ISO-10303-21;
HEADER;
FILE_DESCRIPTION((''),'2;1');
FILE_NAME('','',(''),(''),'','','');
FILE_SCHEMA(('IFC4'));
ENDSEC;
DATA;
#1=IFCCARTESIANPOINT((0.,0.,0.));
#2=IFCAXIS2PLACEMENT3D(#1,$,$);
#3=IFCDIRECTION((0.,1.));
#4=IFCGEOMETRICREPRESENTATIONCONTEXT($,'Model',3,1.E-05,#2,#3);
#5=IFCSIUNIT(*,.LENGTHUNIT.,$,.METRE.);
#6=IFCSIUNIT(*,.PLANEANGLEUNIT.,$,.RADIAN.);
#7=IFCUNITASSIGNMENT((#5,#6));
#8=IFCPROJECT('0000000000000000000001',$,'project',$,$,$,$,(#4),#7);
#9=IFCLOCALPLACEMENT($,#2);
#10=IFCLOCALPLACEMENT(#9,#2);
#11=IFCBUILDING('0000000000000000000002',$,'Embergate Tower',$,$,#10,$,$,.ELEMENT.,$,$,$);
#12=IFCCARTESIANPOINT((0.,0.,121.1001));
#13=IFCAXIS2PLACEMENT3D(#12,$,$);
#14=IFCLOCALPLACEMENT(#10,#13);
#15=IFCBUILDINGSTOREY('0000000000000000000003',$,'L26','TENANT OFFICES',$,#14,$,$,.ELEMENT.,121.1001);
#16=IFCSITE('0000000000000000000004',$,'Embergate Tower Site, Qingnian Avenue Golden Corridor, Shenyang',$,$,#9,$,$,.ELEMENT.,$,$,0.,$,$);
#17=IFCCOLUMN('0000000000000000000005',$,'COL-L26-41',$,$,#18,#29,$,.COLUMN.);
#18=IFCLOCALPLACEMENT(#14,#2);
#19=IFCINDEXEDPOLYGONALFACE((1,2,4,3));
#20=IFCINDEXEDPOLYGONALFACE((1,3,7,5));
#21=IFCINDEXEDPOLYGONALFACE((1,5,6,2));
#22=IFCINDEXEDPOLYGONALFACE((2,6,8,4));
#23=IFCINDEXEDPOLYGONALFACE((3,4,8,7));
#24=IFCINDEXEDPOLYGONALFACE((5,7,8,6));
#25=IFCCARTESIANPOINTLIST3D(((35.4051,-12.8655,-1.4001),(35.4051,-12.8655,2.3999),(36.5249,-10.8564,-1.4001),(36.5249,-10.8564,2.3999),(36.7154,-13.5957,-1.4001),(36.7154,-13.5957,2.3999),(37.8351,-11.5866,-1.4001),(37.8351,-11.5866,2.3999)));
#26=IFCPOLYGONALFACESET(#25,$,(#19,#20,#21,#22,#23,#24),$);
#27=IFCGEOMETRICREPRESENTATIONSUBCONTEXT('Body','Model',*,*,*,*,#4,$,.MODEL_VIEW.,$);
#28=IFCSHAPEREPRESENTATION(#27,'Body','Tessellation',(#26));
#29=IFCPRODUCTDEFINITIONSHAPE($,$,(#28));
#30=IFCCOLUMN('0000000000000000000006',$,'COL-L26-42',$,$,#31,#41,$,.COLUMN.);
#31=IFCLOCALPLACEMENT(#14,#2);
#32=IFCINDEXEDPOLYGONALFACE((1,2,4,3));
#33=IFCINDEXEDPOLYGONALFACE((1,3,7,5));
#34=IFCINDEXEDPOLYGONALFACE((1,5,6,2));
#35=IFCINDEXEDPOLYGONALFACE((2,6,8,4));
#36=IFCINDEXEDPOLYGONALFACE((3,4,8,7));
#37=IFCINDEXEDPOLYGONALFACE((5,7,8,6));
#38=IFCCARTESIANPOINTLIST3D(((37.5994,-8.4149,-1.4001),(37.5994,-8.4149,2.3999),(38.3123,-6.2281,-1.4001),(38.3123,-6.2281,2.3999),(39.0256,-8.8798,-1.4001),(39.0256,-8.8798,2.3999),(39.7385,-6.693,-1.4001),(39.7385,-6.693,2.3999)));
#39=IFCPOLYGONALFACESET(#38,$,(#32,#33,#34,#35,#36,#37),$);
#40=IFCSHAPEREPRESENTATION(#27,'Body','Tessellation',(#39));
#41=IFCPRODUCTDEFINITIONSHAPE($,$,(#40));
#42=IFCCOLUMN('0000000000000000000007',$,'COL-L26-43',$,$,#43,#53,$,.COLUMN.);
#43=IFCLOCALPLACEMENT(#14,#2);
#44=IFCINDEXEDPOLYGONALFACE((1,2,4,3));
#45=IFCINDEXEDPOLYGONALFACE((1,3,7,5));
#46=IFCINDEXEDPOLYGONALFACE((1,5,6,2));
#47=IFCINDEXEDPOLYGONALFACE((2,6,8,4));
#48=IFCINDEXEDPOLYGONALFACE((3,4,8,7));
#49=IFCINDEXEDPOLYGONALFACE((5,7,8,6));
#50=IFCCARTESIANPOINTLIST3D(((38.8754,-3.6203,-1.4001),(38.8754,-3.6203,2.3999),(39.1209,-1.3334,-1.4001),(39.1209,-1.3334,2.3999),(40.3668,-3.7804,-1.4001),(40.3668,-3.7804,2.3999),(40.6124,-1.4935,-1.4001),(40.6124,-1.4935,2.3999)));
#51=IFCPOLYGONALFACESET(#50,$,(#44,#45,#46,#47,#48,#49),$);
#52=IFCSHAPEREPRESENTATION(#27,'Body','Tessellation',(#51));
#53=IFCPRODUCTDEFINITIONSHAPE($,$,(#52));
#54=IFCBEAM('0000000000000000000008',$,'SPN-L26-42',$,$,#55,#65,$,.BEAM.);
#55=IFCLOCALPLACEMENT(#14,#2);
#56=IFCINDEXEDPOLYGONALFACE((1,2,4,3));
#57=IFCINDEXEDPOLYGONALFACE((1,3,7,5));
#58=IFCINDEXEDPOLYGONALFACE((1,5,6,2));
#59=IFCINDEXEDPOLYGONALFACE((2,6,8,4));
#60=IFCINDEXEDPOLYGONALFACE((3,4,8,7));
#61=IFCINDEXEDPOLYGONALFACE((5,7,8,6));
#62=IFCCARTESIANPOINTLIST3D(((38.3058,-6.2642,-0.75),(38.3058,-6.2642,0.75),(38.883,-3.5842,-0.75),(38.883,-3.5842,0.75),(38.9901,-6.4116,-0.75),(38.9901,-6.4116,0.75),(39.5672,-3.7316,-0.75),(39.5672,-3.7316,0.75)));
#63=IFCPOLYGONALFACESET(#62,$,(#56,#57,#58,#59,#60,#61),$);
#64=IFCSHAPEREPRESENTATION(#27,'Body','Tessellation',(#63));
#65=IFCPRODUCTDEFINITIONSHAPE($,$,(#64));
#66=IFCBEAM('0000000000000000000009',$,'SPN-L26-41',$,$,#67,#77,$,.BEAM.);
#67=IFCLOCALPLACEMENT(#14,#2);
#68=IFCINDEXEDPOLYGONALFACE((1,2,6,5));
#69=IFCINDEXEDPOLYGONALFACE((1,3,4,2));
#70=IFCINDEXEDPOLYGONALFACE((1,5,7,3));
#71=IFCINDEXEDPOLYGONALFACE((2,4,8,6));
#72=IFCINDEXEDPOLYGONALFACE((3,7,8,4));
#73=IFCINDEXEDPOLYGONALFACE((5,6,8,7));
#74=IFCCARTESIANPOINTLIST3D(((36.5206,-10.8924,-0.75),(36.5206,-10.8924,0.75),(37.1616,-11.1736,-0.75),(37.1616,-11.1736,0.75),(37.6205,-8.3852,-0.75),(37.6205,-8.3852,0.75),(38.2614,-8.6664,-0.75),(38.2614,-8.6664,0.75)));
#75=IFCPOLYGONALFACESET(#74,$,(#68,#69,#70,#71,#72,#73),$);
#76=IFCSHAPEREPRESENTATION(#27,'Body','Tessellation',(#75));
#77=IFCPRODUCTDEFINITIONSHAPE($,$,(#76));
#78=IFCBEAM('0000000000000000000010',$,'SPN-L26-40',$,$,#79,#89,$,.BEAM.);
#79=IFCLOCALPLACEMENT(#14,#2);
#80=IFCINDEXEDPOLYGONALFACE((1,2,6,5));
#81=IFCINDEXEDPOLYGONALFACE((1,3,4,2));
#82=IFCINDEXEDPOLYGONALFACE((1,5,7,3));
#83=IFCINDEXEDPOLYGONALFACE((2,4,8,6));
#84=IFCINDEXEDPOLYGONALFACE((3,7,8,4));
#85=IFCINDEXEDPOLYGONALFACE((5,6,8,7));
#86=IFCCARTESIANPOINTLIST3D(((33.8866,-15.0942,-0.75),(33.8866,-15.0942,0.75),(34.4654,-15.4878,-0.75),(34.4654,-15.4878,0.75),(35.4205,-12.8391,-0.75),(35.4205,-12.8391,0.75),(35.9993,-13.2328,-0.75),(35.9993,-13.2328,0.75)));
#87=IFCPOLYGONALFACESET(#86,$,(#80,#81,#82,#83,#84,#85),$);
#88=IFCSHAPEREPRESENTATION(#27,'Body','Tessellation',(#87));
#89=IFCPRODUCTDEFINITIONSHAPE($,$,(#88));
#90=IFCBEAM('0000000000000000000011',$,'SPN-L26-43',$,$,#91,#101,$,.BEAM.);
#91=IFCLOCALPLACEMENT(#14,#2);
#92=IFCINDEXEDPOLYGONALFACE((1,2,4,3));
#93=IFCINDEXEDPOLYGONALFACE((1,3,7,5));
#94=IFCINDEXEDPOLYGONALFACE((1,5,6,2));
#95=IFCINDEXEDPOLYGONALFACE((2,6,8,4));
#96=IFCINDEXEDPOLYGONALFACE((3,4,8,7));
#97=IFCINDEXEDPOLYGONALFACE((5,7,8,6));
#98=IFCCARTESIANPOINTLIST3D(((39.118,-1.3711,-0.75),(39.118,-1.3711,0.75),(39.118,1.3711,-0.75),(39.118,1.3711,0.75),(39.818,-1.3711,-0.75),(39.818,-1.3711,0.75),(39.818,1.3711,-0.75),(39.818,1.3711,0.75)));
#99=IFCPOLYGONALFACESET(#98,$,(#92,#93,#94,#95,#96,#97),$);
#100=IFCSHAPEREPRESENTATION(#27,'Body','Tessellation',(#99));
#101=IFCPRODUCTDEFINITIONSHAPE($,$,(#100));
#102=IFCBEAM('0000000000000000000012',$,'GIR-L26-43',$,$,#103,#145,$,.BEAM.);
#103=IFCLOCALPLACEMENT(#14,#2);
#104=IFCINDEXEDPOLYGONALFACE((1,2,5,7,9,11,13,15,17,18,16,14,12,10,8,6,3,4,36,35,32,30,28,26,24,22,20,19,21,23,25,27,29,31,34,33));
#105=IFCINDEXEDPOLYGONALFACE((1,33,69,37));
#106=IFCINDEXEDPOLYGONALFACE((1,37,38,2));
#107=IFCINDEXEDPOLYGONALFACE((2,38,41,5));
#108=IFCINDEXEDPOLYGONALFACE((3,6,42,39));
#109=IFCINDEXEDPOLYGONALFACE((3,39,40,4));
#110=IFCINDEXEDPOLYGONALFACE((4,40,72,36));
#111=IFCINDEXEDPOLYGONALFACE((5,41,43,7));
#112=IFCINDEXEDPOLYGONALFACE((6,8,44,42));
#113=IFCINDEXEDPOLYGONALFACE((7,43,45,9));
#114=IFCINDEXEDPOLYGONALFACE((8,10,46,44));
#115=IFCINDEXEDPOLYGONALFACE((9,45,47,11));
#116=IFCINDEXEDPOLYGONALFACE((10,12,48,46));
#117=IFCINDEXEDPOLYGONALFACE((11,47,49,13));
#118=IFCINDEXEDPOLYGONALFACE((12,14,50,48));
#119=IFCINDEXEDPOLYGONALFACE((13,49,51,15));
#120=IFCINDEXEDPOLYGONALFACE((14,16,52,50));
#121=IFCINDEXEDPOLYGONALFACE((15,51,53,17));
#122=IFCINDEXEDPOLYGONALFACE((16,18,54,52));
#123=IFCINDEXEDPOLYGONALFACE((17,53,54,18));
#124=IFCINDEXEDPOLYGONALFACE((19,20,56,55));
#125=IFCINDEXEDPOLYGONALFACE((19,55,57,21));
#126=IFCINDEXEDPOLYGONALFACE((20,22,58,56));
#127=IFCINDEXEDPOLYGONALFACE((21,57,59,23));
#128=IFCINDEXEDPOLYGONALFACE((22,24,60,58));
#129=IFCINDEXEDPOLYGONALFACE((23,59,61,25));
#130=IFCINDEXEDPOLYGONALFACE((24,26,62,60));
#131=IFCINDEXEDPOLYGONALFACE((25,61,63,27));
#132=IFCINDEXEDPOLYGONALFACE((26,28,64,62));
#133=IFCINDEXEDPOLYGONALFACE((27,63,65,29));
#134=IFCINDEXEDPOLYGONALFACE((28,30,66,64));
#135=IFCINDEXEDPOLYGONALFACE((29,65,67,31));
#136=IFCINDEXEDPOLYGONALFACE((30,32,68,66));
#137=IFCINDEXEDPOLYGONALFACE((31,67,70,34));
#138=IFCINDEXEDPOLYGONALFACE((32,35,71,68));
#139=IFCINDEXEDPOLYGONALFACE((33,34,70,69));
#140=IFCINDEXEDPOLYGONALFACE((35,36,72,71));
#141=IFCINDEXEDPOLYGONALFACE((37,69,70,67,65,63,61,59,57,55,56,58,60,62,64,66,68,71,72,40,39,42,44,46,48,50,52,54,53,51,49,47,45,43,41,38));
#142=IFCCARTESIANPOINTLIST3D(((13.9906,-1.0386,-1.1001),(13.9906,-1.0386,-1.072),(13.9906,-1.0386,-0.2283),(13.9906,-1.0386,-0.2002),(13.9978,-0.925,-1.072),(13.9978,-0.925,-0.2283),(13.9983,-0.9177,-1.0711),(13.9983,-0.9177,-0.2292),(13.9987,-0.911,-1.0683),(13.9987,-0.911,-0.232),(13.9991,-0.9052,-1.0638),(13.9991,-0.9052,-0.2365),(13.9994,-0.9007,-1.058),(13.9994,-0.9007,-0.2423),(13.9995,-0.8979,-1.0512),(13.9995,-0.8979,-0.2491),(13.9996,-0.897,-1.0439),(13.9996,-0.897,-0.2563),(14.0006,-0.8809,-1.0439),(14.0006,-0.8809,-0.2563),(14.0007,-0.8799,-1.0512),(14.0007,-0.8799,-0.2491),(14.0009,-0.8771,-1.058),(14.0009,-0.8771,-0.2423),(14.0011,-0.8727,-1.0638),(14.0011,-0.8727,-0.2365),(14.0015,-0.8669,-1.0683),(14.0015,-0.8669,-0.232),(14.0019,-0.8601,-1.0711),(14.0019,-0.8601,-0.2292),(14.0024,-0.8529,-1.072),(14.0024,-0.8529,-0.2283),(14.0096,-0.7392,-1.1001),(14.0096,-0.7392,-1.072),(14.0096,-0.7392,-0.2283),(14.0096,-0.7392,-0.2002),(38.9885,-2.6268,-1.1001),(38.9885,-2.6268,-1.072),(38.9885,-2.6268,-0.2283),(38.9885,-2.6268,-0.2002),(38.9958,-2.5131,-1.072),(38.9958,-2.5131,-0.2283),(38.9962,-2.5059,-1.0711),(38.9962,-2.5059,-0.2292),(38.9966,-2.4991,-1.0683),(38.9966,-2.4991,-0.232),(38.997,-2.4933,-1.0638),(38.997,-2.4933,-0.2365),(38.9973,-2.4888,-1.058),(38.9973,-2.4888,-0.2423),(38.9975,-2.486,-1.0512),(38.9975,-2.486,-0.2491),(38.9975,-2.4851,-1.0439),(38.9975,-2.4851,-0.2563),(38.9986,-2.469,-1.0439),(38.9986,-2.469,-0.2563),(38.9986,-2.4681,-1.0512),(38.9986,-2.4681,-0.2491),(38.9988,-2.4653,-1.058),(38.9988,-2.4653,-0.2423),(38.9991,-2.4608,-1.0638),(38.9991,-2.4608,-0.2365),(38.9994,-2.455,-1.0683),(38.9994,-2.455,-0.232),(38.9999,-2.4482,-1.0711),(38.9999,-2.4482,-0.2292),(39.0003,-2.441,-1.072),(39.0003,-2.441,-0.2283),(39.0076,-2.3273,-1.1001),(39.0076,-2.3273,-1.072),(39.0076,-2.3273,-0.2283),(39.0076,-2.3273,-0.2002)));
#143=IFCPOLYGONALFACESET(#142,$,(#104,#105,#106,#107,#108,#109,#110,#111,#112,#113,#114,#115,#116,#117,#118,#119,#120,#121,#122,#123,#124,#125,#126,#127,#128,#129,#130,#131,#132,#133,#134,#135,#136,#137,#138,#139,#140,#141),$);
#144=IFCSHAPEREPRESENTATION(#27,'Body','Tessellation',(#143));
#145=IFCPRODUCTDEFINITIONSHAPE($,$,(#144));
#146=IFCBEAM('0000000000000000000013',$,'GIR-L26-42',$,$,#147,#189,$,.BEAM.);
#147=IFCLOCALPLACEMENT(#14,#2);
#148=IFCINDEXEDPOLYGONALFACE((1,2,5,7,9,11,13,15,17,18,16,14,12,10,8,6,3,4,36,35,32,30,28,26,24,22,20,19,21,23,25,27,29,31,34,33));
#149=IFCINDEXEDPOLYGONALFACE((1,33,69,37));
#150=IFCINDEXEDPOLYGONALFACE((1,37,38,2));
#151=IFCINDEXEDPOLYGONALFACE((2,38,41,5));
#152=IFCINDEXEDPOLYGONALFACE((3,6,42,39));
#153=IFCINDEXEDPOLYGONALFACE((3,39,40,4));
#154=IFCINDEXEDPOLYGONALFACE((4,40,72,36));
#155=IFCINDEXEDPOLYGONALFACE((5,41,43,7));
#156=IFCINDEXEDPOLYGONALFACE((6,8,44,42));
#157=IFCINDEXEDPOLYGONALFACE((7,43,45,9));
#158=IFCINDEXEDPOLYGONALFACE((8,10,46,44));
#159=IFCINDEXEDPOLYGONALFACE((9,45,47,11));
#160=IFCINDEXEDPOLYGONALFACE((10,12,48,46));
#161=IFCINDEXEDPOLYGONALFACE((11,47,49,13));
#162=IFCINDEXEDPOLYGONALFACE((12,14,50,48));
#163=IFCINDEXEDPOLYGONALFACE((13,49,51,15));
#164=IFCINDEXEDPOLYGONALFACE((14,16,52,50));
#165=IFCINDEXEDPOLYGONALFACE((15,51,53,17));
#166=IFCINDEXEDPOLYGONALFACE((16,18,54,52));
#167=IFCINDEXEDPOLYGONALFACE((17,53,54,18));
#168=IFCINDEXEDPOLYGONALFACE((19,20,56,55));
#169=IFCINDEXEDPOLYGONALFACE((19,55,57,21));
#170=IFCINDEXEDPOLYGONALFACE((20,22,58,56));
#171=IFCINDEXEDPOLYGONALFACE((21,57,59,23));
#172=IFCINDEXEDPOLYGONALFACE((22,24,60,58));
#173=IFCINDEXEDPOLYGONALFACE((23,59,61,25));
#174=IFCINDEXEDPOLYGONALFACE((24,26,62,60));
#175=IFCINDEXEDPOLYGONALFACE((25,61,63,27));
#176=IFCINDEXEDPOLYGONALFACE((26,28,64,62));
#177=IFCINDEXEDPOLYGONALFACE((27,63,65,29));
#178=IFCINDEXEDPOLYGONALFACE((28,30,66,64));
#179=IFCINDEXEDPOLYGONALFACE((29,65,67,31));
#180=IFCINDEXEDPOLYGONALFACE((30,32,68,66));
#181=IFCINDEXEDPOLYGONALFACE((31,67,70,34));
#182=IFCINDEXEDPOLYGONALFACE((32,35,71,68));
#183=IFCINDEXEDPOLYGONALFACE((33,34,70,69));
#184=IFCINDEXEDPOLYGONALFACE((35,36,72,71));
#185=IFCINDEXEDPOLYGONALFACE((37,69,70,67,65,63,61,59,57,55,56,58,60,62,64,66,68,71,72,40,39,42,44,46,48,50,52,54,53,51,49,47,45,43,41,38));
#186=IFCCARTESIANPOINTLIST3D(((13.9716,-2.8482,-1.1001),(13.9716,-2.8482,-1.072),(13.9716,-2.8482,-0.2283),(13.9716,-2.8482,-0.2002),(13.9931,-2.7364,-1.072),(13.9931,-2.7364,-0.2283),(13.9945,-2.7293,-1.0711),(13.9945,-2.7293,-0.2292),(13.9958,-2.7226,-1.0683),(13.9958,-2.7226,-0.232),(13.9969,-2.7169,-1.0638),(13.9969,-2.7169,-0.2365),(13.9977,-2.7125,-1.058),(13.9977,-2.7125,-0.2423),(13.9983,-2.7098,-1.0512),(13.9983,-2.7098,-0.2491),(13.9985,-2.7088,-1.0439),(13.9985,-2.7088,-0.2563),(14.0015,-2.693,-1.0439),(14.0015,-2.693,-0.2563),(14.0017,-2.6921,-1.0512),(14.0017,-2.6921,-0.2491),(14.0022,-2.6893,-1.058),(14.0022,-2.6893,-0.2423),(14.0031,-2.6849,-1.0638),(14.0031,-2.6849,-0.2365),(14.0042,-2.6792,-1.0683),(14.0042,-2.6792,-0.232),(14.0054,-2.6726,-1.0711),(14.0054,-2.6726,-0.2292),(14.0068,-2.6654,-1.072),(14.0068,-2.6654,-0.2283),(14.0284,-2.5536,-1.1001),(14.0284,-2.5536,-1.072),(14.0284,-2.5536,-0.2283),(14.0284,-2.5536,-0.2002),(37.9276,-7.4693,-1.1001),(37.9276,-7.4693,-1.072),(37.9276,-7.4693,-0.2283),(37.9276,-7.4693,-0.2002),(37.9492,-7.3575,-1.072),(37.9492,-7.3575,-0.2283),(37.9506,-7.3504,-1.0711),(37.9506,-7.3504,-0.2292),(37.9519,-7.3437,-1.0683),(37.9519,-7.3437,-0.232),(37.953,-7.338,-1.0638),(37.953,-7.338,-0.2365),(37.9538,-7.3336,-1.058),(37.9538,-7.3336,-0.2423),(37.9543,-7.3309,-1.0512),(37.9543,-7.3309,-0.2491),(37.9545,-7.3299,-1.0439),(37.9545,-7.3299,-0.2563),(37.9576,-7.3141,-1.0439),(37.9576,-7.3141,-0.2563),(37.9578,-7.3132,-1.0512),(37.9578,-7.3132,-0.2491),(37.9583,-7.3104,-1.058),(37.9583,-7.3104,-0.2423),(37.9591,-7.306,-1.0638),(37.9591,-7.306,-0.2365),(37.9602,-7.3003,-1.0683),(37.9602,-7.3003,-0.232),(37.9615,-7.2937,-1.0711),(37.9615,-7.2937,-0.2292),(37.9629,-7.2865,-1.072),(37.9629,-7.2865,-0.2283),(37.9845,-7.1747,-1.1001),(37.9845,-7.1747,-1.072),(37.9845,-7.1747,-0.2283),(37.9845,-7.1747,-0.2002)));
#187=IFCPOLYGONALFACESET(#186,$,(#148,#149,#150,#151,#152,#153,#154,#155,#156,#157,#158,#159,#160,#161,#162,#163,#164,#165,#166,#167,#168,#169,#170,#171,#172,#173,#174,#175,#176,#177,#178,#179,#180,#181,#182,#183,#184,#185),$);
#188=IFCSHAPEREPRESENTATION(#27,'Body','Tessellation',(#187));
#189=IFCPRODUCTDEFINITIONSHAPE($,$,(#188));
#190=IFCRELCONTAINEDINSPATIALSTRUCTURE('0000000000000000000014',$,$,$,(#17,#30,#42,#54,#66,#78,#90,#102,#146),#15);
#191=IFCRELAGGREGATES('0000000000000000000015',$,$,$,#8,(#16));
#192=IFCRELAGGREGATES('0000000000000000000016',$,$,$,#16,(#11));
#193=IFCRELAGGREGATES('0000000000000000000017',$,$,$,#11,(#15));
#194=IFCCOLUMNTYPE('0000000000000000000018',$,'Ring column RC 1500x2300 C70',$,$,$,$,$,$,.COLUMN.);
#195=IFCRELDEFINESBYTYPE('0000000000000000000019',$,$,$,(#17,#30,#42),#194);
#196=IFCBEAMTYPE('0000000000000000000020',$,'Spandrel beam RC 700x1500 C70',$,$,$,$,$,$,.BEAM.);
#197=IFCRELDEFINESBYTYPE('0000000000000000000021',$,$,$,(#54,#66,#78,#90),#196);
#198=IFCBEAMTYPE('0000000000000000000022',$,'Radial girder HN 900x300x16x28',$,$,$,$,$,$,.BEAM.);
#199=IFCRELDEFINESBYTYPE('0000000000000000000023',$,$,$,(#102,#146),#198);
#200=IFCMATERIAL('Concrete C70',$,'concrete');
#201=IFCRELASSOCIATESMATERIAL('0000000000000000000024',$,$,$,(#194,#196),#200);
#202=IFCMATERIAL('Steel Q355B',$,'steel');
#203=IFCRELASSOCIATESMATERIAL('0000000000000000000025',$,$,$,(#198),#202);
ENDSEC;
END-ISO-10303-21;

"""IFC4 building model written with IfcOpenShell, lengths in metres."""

from ifc_helpers import new_model, si_unit, direction, frame, origin, origin_2d, place, context, subcontext, project, spatial, rectangle, i_section, extrude, source, transform, mapped, material, material_profile, profile_set, type_object, element, save


model = new_model("IFC4")

# Units and contexts
model_context = context("Model", 3, precision=1e-05, world=origin(), true_north=direction((0.0, 1.0)))
body_context = subcontext(model_context, "Body", "Model", "MODEL_VIEW")
ifc_project = project(units=[si_unit("LENGTHUNIT", "METRE"), si_unit("PLANEANGLEUNIT", "RADIAN")], contexts=[model_context])

# Site, building, storey
site_placement = place(None, origin())
site = spatial("IfcSite", under=ifc_project, at=site_placement, Name="Embergate Tower Site, Qingnian Avenue Golden Corridor, Shenyang", CompositionType="ELEMENT", RefElevation=0.0)
building_placement = place(site_placement, origin())
building = spatial("IfcBuilding", under=site, at=building_placement, Name="Embergate Tower", CompositionType="ELEMENT")
storey_placement = place(building_placement, frame((0.0, 0.0, 121.1001)))
storey = spatial("IfcBuildingStorey", under=building, at=storey_placement, Name="L26", Description="TENANT OFFICES", CompositionType="ELEMENT", Elevation=121.1001)

# Columns
ifc_material_1 = material(Name="Concrete C70", Category="concrete")
ifc_material_profile_1 = material_profile(ifc_material_1, rectangle(XDim=1.5, YDim=2.3, at=origin_2d()), Name="RC 1500x2300")
ifc_profile_set_1 = profile_set([ifc_material_profile_1], Name="Concrete C70")
column_type = type_object("IfcColumnType", Name="Ring column RC 1500x2300 C70", PredefinedType="COLUMN", material=ifc_profile_set_1)
shared_shape_1 = source(origin(), body_context, "Body", "SweptSolid", [
    extrude(rectangle(XDim=1.5, YDim=2.3, at=origin_2d()), origin(), (0.0, 0.0, 1.0), 3.8),
])
for number, where, z_axis, x_axis, name in (
    (1, (36.6201, -12.2261, -1.4001), (0.0, 0.0, 1.0), (0.8735, -0.486823, 0.0), "COL-L26-41"),
    (2, (38.6689, -7.554, -1.4001), (0.0, 0.0, 1.0), (0.950754, -0.309946, 0.0), "COL-L26-42"),
    (3, (39.7439, -2.5569, -1.4001), (0.0, 0.0, 1.0), (0.994286, -0.10675, 0.0), "COL-L26-43"),
):
    element("IfcColumn", number, at=place(storey_placement, frame(where, z_axis=z_axis, x_axis=x_axis)), inside=storey, type_object=column_type, Name=name, PredefinedType="COLUMN", context=body_context, shape_type="MappedRepresentation", body=[
        mapped(shared_shape_1, transform((0.0, 0.0, 0.0))),
    ])

# Beams
ifc_material_profile_2 = material_profile(ifc_material_1, rectangle(XDim=0.7, YDim=1.5, at=origin_2d()), Name="RC 700x1500")
ifc_profile_set_2 = profile_set([ifc_material_profile_2], Name="Concrete C70")
beam_type_1 = type_object("IfcBeamType", Name="Spandrel beam RC 700x1500 C70", PredefinedType="BEAM", material=ifc_profile_set_2)
shared_shape_2 = source(origin(), body_context, "Body", "SweptSolid", [
    extrude(rectangle(XDim=0.7, YDim=1.5, at=origin_2d()), origin(), (0.0, 0.0, 1.0), 2.7415),
])
beam_1_placement = place(storey_placement, frame((38.6479, -6.3379, 0.0), z_axis=(0.210533, 0.977587, 0.0), x_axis=(-0.977587, 0.210533, 0.0)))
element("IfcBeam", 4, at=beam_1_placement, inside=storey, type_object=beam_type_1, Name="SPN-L26-42", PredefinedType="BEAM", context=body_context, shape_type="MappedRepresentation", body=[
    mapped(shared_shape_2, transform((0.0, 0.0, 0.0))),
])
shared_shape_3 = source(origin(), body_context, "Body", "SweptSolid", [
    extrude(rectangle(XDim=0.7, YDim=1.5, at=origin_2d()), origin(), (0.0, 0.0, 1.0), 2.7378),
])
beam_2_placement = place(storey_placement, frame((36.8411, -11.033, 0.0), z_axis=(0.40174, 0.915754, 0.0), x_axis=(-0.915754, 0.40174, 0.0)))
element("IfcBeam", 5, at=beam_2_placement, inside=storey, type_object=beam_type_1, Name="SPN-L26-41", PredefinedType="BEAM", context=body_context, shape_type="MappedRepresentation", body=[
    mapped(shared_shape_3, transform((0.0, 0.0, 0.0))),
])
shared_shape_4 = source(origin(), body_context, "Body", "SweptSolid", [
    extrude(rectangle(XDim=0.7, YDim=1.5, at=origin_2d()), origin(), (0.0, 0.0, 1.0), 2.7273),
])
beam_3_placement = place(storey_placement, frame((34.176, -15.291, 0.0), z_axis=(0.562423, 0.82685, 0.0), x_axis=(-0.82685, 0.562423, 0.0)))
element("IfcBeam", 6, at=beam_3_placement, inside=storey, type_object=beam_type_1, Name="SPN-L26-40", PredefinedType="BEAM", context=body_context, shape_type="MappedRepresentation", body=[
    mapped(shared_shape_4, transform((0.0, 0.0, 0.0))),
])
shared_shape_5 = source(origin(), body_context, "Body", "SweptSolid", [
    extrude(rectangle(XDim=0.7, YDim=1.5, at=origin_2d()), origin(), (0.0, 0.0, 1.0), 2.7422),
])
beam_4_placement = place(storey_placement, frame((39.468, -1.3711, 0.0), z_axis=(0.0, 1.0, 0.0), x_axis=(-1.0, 0.0, 0.0)))
element("IfcBeam", 7, at=beam_4_placement, inside=storey, type_object=beam_type_1, Name="SPN-L26-43", PredefinedType="BEAM", context=body_context, shape_type="MappedRepresentation", body=[
    mapped(shared_shape_5, transform((0.0, 0.0, 0.0))),
])
ifc_material_2 = material(Name="Steel Q355B", Category="steel")
ifc_material_profile_3 = material_profile(ifc_material_2, i_section(OverallWidth=0.3, OverallDepth=0.8999, WebThickness=0.0161, FlangeThickness=0.0281, FilletRadius=0.0281, at=origin_2d()), Name="HN 900x300x16x28")
ifc_profile_set_3 = profile_set([ifc_material_profile_3], Name="Steel Q355 grade B")
beam_type_2 = type_object("IfcBeamType", Name="Radial girder HN 900x300x16x28", PredefinedType="BEAM", material=ifc_profile_set_3)
shared_shape_6 = source(origin(), body_context, "Body", "SweptSolid", [
    extrude(i_section(OverallWidth=0.3, OverallDepth=0.8999, WebThickness=0.0161, FlangeThickness=0.0281, FilletRadius=0.0281, at=origin_2d()), origin(), (0.0, 0.0, 1.0), 25.0483),
])
beam_5_placement = place(storey_placement, frame((38.998, -2.4771, -0.6501), z_axis=(-0.997988, 0.063403, 0.0), x_axis=(-0.063403, -0.997988, 0.0)))
element("IfcBeam", 8, at=beam_5_placement, inside=storey, type_object=beam_type_2, Name="GIR-L26-43", PredefinedType="BEAM", context=body_context, shape_type="MappedRepresentation", body=[
    mapped(shared_shape_6, transform((0.0, 0.0, 0.0))),
])
shared_shape_7 = source(origin(), body_context, "Body", "SweptSolid", [
    extrude(i_section(OverallWidth=0.3, OverallDepth=0.8999, WebThickness=0.0161, FlangeThickness=0.0281, FilletRadius=0.0281, at=origin_2d()), origin(), (0.0, 0.0, 1.0), 24.3977),
])
beam_6_placement = place(storey_placement, frame((37.9561, -7.322, -0.6501), z_axis=(-0.981899, 0.189407, 0.0), x_axis=(-0.189407, -0.981899, 0.0)))
element("IfcBeam", 9, at=beam_6_placement, inside=storey, type_object=beam_type_2, Name="GIR-L26-42", PredefinedType="BEAM", context=body_context, shape_type="MappedRepresentation", body=[
    mapped(shared_shape_7, transform((0.0, 0.0, 0.0))),
])

save(model, "model.ifc")
